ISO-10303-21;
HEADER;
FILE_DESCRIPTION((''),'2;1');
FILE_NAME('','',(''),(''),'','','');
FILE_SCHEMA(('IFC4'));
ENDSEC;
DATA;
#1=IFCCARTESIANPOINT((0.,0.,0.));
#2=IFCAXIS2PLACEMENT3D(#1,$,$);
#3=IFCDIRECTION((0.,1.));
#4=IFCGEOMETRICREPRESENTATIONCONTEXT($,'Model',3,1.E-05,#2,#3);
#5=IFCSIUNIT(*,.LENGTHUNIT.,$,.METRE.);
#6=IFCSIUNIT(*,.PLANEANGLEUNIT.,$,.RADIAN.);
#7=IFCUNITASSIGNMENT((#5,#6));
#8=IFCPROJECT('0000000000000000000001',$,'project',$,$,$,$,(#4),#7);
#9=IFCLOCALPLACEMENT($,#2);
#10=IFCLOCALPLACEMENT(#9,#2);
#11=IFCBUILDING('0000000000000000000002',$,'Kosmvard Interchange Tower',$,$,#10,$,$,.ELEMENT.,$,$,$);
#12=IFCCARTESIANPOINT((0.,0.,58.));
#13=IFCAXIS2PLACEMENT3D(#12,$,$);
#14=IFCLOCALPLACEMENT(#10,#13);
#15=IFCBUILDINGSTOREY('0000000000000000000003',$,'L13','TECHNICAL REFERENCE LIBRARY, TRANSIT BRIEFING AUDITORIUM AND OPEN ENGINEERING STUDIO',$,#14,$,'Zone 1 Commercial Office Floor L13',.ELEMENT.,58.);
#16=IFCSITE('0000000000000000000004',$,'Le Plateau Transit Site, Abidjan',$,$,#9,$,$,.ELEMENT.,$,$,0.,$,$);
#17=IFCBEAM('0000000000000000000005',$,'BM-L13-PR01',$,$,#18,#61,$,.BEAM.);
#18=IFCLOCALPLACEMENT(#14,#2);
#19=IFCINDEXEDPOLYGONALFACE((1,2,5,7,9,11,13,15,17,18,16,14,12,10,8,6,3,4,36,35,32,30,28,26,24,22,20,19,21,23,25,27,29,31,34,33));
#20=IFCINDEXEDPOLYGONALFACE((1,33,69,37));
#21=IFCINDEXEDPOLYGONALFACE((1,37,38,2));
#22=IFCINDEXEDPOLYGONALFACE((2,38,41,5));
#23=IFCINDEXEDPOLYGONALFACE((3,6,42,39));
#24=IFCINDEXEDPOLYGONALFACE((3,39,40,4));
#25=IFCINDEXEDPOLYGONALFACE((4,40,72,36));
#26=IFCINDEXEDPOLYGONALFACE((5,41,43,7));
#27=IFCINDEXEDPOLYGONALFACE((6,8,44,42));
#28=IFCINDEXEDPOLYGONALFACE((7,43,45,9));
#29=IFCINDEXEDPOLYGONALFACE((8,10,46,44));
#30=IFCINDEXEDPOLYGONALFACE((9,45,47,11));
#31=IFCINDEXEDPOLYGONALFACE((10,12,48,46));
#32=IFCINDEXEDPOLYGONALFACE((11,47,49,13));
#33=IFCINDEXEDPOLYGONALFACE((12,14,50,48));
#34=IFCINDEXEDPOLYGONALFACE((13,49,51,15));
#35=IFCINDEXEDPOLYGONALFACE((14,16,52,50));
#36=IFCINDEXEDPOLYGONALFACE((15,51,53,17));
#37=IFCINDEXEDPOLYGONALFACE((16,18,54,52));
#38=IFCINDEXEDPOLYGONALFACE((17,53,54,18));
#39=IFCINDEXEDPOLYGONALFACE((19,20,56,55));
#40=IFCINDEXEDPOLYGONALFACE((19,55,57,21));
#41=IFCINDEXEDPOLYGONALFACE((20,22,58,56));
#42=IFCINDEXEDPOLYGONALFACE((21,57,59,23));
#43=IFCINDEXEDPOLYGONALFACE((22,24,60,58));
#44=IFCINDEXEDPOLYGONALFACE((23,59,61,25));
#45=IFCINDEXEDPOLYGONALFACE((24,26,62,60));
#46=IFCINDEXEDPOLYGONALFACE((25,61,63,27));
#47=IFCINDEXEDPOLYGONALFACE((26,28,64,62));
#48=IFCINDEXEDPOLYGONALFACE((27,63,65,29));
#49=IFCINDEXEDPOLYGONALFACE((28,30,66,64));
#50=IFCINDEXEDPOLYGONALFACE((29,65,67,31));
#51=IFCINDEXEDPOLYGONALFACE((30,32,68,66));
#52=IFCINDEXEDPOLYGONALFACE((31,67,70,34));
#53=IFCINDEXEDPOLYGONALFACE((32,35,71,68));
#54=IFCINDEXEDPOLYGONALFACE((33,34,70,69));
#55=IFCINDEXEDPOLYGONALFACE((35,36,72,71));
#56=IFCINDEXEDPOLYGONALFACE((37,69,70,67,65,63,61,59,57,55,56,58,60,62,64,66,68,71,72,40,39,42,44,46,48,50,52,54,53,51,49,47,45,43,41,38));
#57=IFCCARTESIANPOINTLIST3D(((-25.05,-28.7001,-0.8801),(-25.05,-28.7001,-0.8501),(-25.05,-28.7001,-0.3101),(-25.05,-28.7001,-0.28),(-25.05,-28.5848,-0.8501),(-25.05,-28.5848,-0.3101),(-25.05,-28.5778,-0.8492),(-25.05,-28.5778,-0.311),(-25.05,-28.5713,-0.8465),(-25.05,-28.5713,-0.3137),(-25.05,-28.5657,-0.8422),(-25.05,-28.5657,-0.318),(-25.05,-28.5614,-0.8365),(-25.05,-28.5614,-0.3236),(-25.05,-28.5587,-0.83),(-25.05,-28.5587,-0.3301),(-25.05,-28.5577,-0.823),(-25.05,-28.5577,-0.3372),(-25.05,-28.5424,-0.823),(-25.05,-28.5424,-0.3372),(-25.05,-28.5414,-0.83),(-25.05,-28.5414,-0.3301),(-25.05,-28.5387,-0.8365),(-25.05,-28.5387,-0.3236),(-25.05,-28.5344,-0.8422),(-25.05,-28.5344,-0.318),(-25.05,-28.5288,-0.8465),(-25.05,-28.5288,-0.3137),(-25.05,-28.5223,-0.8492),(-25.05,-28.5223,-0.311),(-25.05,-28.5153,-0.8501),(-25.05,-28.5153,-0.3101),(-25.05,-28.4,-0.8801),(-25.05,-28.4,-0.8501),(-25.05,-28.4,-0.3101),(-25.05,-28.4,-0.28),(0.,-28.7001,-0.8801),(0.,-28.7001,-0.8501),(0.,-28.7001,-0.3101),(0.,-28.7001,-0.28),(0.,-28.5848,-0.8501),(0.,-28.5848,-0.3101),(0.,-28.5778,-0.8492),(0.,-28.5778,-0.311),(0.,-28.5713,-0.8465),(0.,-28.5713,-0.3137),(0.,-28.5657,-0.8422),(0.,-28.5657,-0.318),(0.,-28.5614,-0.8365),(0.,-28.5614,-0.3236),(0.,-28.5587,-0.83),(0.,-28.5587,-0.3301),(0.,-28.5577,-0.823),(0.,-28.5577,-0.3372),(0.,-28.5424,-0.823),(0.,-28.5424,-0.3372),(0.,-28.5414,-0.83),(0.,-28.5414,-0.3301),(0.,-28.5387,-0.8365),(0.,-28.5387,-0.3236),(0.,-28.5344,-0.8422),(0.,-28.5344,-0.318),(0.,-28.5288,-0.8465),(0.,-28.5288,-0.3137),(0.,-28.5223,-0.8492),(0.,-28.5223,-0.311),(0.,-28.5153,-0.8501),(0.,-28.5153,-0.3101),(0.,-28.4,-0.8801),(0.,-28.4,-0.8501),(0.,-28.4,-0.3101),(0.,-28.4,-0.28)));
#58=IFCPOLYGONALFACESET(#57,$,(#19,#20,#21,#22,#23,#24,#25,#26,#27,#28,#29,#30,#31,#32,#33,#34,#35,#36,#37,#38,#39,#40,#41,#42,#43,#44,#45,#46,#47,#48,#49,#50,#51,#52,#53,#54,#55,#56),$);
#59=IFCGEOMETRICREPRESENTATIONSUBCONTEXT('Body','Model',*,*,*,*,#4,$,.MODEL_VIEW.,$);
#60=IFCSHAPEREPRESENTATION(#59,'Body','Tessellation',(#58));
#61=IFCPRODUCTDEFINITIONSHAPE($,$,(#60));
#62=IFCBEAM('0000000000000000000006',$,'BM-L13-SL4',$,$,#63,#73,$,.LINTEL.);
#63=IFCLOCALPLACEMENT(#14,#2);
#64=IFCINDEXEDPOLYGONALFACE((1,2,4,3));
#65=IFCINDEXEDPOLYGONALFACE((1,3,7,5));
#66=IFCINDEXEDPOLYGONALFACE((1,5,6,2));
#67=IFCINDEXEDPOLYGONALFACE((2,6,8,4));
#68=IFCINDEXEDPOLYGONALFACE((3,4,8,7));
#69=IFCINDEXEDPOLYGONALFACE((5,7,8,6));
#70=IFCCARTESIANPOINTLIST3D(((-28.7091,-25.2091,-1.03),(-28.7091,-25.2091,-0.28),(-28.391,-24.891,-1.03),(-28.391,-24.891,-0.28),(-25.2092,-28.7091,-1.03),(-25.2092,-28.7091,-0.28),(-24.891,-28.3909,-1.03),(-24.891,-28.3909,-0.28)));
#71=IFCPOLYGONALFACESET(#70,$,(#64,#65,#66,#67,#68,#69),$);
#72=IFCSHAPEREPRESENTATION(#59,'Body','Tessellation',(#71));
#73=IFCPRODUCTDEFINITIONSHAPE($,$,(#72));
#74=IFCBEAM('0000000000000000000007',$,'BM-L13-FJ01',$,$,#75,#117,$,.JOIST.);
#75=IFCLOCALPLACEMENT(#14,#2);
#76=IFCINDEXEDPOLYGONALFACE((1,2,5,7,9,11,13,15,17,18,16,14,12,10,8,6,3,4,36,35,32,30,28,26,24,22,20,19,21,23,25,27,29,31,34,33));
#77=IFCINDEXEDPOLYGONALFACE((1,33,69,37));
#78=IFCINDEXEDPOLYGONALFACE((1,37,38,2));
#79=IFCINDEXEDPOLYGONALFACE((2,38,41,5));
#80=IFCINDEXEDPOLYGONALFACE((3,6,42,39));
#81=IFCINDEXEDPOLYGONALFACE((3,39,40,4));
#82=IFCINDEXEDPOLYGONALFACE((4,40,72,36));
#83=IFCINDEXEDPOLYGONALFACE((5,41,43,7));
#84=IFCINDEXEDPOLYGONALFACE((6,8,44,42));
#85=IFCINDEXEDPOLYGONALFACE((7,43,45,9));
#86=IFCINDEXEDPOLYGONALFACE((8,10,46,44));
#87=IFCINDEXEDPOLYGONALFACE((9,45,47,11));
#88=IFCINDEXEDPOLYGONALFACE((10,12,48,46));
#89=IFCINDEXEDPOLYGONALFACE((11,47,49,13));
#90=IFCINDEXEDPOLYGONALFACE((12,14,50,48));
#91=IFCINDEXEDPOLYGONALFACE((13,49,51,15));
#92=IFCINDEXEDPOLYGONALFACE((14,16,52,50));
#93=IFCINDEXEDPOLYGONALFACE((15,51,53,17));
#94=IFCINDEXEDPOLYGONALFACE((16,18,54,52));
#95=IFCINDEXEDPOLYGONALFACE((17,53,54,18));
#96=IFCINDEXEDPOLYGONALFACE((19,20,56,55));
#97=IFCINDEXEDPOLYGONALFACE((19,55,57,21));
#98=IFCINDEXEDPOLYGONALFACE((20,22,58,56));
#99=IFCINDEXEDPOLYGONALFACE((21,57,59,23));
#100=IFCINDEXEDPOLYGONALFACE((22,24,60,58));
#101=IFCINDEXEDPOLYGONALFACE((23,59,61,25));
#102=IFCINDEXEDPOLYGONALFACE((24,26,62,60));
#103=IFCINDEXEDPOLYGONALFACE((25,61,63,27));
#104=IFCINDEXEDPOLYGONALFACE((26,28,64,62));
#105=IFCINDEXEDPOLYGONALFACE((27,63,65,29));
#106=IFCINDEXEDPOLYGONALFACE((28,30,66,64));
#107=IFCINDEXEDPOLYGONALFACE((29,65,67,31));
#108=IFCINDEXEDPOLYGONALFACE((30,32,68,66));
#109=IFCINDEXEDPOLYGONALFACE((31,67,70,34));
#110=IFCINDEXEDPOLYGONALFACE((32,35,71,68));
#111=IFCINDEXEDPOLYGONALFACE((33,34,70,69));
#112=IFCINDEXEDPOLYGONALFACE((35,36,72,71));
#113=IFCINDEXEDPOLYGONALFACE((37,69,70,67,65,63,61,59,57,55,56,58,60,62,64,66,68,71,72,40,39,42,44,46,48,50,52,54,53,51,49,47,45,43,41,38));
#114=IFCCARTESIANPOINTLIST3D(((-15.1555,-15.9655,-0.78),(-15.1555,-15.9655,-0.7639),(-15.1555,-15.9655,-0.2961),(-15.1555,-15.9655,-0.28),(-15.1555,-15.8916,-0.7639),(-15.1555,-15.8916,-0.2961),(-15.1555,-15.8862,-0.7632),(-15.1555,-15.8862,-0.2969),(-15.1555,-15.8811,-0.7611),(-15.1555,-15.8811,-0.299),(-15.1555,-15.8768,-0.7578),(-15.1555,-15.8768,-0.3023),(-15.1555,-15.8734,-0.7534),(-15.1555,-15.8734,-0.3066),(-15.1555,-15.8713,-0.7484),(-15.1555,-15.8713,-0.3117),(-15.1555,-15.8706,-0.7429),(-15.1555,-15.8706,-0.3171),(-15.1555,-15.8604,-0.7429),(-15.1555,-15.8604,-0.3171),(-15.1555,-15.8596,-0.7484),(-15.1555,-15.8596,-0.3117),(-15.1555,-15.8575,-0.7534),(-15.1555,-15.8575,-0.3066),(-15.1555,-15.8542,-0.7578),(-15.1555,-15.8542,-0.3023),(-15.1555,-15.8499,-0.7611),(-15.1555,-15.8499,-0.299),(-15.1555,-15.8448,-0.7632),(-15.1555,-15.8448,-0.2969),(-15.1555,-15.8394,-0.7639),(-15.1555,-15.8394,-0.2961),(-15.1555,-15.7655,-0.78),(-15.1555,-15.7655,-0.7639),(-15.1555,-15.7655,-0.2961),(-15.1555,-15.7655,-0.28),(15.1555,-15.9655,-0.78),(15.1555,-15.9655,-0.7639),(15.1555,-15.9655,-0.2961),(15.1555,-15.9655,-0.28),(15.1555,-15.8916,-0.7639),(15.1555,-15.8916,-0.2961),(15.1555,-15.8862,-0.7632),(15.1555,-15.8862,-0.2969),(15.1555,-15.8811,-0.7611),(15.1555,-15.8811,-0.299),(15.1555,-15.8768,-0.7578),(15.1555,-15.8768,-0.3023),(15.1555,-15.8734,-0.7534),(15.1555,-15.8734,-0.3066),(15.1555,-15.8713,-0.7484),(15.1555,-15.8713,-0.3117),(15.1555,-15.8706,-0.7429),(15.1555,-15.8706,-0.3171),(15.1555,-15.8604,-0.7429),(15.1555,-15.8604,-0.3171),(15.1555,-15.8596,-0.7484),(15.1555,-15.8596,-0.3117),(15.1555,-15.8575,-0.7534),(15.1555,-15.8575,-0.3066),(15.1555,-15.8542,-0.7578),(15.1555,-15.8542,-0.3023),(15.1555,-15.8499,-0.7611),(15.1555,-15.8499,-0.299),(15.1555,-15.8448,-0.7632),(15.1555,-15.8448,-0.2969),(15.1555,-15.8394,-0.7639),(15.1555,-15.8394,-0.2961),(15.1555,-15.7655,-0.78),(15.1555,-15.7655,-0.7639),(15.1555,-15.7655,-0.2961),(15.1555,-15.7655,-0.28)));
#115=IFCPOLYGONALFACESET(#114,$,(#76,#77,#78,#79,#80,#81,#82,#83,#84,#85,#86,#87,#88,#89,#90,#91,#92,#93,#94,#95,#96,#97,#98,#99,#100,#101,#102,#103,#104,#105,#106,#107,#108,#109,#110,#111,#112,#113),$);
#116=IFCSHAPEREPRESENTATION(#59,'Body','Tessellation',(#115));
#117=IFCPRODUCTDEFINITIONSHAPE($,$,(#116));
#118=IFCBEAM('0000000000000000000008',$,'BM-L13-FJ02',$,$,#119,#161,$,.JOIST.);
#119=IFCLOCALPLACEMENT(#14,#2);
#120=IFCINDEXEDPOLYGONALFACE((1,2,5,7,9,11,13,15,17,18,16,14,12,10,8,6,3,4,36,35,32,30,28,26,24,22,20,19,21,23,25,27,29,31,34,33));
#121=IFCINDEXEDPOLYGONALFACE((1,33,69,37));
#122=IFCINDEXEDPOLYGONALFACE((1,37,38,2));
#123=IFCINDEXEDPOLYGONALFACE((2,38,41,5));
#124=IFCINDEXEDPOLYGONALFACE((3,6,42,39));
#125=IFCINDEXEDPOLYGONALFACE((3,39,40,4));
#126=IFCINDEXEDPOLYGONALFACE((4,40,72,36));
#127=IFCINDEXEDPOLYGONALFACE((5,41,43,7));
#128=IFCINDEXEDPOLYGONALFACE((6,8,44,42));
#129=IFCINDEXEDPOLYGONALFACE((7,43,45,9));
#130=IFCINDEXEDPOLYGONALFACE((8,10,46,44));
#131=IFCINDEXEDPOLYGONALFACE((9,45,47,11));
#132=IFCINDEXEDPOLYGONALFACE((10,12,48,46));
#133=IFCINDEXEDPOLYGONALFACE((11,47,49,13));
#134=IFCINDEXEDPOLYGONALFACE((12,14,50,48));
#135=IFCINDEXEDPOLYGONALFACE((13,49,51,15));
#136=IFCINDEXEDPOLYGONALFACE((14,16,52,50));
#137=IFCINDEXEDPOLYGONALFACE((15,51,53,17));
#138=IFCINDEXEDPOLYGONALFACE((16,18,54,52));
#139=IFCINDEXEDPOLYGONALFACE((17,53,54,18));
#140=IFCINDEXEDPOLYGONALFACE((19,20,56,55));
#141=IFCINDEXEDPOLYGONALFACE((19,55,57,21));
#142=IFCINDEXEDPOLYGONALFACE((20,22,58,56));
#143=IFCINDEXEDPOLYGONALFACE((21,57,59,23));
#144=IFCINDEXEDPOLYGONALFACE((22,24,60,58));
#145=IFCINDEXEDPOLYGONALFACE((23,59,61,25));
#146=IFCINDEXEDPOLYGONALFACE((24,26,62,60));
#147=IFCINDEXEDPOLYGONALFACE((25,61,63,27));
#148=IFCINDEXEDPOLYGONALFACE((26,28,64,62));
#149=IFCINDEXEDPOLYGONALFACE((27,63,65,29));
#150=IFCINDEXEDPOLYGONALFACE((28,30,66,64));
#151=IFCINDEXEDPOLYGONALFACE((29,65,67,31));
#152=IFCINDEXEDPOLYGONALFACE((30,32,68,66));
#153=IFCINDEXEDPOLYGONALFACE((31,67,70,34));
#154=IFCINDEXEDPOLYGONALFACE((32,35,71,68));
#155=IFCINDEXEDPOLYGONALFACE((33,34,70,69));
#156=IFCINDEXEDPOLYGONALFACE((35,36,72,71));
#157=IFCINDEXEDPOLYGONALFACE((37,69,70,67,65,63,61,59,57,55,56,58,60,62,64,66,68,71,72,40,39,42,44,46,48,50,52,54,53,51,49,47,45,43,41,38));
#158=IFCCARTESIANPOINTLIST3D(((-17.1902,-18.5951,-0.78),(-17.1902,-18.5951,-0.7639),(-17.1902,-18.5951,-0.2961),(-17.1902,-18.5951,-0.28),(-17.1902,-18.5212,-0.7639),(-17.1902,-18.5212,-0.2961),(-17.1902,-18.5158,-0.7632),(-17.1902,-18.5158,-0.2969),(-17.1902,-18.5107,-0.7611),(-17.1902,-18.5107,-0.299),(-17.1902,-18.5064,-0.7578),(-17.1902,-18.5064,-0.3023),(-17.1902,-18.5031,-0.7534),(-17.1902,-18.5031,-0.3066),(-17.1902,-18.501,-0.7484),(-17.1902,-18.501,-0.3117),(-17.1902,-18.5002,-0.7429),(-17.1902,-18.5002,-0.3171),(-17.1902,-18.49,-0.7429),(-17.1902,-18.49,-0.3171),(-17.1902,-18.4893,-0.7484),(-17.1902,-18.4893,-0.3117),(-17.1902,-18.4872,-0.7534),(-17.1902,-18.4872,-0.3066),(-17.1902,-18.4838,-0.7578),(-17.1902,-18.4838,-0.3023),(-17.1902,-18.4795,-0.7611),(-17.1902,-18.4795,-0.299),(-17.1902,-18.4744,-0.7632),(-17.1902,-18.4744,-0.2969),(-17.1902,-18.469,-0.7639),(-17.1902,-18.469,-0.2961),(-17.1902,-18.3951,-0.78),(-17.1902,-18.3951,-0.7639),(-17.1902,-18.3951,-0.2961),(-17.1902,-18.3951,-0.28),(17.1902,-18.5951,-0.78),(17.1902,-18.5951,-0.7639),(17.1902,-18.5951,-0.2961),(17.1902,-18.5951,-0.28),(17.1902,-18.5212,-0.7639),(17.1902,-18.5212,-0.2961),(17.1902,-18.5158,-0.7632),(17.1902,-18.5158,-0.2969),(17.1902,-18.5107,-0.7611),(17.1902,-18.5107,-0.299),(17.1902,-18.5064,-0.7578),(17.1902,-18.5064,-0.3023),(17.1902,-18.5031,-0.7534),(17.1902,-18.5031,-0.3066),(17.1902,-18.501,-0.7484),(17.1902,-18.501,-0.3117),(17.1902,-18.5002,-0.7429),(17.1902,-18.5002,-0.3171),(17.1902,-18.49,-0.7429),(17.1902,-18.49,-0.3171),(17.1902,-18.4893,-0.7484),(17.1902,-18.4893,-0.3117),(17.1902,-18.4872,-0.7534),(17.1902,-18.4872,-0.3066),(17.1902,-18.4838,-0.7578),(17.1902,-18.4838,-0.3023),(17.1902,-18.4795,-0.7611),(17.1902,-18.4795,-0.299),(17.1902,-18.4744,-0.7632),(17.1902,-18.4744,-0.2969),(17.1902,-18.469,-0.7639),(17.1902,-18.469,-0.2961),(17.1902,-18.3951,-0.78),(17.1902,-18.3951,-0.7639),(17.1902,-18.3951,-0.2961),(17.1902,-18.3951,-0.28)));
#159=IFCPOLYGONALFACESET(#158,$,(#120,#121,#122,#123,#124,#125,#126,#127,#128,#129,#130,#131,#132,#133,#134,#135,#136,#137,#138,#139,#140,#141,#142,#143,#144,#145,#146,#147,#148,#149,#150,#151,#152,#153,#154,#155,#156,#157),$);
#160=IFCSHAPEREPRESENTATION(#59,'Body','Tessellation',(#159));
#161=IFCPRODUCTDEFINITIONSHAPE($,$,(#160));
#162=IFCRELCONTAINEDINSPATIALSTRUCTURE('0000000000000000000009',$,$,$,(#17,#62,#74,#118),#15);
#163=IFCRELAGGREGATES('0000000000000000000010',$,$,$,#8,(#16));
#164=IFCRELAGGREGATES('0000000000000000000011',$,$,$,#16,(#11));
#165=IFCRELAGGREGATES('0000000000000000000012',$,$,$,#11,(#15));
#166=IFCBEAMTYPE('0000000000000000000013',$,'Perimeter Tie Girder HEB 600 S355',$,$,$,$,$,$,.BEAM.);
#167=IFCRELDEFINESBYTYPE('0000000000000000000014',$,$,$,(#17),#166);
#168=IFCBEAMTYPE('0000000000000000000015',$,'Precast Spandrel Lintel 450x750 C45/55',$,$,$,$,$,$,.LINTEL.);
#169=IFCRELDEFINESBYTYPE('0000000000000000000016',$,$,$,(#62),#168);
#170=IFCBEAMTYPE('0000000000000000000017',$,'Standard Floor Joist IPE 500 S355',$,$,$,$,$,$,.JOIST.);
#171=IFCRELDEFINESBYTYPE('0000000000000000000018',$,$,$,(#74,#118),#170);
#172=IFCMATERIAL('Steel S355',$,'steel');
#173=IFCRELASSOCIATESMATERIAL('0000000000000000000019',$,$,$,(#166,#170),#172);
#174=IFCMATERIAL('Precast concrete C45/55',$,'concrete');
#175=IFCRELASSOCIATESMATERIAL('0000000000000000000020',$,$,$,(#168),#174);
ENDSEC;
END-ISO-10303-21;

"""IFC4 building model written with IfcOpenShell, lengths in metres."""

from ifc_helpers import new_model, si_unit, direction, frame, origin, origin_2d, place, context, subcontext, project, spatial, rectangle, i_section, extrude, source, transform, mapped, material, material_profile, profile_set, type_object, element, save


model = new_model("IFC4")

# Units and contexts
model_context = context("Model", 3, precision=1e-05, world=origin(), true_north=direction((0.0, 1.0)))
body_context = subcontext(model_context, "Body", "Model", "MODEL_VIEW")
ifc_project = project(units=[si_unit("LENGTHUNIT", "METRE"), si_unit("PLANEANGLEUNIT", "RADIAN")], contexts=[model_context])

# Site, building, storey
site_placement = place(None, origin())
site = spatial("IfcSite", under=ifc_project, at=site_placement, Name="Le Plateau Transit Site, Abidjan", CompositionType="ELEMENT", RefElevation=0.0)
building_placement = place(site_placement, origin())
building = spatial("IfcBuilding", under=site, at=building_placement, Name="Kosmvard Interchange Tower", CompositionType="ELEMENT")
storey_placement = place(building_placement, frame((0.0, 0.0, 58.0)))
storey = spatial("IfcBuildingStorey", under=building, at=storey_placement, Name="L13", Description="TECHNICAL REFERENCE LIBRARY, TRANSIT BRIEFING AUDITORIUM AND OPEN ENGINEERING STUDIO", LongName="Zone 1 Commercial Office Floor L13", CompositionType="ELEMENT", Elevation=58.0)

# Beams
ifc_material_1 = material(Name="Steel S355", Category="steel")
ifc_material_profile_1 = material_profile(ifc_material_1, i_section(OverallWidth=0.3, OverallDepth=0.6001, WebThickness=0.0154, FlangeThickness=0.03, FilletRadius=0.0271, at=origin_2d()), Name="HEB 600")
ifc_profile_set_1 = profile_set([ifc_material_profile_1], Name="Steel S355")
beam_type_1 = type_object("IfcBeamType", Name="Perimeter Tie Girder HEB 600 S355", PredefinedType="BEAM", material=ifc_profile_set_1)
shared_shape_1 = source(origin(), body_context, "Body", "SweptSolid", [
    extrude(i_section(OverallWidth=0.3, OverallDepth=0.6001, WebThickness=0.0154, FlangeThickness=0.03, FilletRadius=0.0271, at=origin_2d()), origin(), (0.0, 0.0, 1.0), 25.05),
])
beam_1_placement = place(storey_placement, frame((-25.05, -28.55, -0.5801), z_axis=(1.0, 0.0, 0.0), x_axis=(0.0, 1.0, 0.0)))
element("IfcBeam", 1, at=beam_1_placement, inside=storey, type_object=beam_type_1, Name="BM-L13-PR01", PredefinedType="BEAM", context=body_context, shape_type="MappedRepresentation", body=[
    mapped(shared_shape_1, transform((0.0, 0.0, 0.0), scale=1.0)),
])
ifc_material_2 = material(Name="Precast concrete C45/55", Category="concrete")
ifc_material_profile_2 = material_profile(ifc_material_2, rectangle(XDim=0.45, YDim=0.75, at=origin_2d()), Name="SL 450x750")
ifc_profile_set_2 = profile_set([ifc_material_profile_2], Name="Precast concrete C45/55")
beam_type_2 = type_object("IfcBeamType", Name="Precast Spandrel Lintel 450x750 C45/55", PredefinedType="LINTEL", material=ifc_profile_set_2)
shared_shape_2 = source(origin(), body_context, "Body", "SweptSolid", [
    extrude(rectangle(XDim=0.45, YDim=0.75, at=origin_2d()), origin(), (0.0, 0.0, 1.0), 4.9497),
])
beam_2_placement = place(storey_placement, frame((-28.55, -25.05, -0.655), z_axis=(0.707107, -0.707107, 0.0), x_axis=(0.707107, 0.707107, 0.0)))
element("IfcBeam", 2, at=beam_2_placement, inside=storey, type_object=beam_type_2, Name="BM-L13-SL4", PredefinedType="LINTEL", context=body_context, shape_type="MappedRepresentation", body=[
    mapped(shared_shape_2, transform((0.0, 0.0, 0.0), scale=1.0)),
])
ifc_material_profile_3 = material_profile(ifc_material_1, i_section(OverallWidth=0.2, OverallDepth=0.5, WebThickness=0.0103, FlangeThickness=0.0161, FilletRadius=0.021, at=origin_2d()), Name="IPE 500")
ifc_profile_set_3 = profile_set([ifc_material_profile_3], Name="Steel S355")
beam_type_3 = type_object("IfcBeamType", Name="Standard Floor Joist IPE 500 S355", PredefinedType="JOIST", material=ifc_profile_set_3)
shared_shape_3 = source(origin(), body_context, "Body", "SweptSolid", [
    extrude(i_section(OverallWidth=0.2, OverallDepth=0.5, WebThickness=0.0103, FlangeThickness=0.0161, FilletRadius=0.021, at=origin_2d()), origin(), (0.0, 0.0, 1.0), 30.311),
])
beam_3_placement = place(storey_placement, frame((-15.1555, -15.8655, -0.53), z_axis=(1.0, 0.0, 0.0), x_axis=(0.0, 1.0, 0.0)))
element("IfcBeam", 3, at=beam_3_placement, inside=storey, type_object=beam_type_3, Name="BM-L13-FJ01", PredefinedType="JOIST", context=body_context, shape_type="MappedRepresentation", body=[
    mapped(shared_shape_3, transform((0.0, 0.0, 0.0), scale=1.0)),
])
shared_shape_4 = source(origin(), body_context, "Body", "SweptSolid", [
    extrude(i_section(OverallWidth=0.2, OverallDepth=0.5, WebThickness=0.0103, FlangeThickness=0.0161, FilletRadius=0.021, at=origin_2d()), origin(), (0.0, 0.0, 1.0), 34.3804),
])
beam_4_placement = place(storey_placement, frame((-17.1902, -18.4951, -0.53), z_axis=(1.0, 0.0, 0.0), x_axis=(0.0, 1.0, 0.0)))
element("IfcBeam", 4, at=beam_4_placement, inside=storey, type_object=beam_type_3, Name="BM-L13-FJ02", PredefinedType="JOIST", context=body_context, shape_type="MappedRepresentation", body=[
    mapped(shared_shape_4, transform((0.0, 0.0, 0.0), scale=1.0)),
])

save(model, "model.ifc")
